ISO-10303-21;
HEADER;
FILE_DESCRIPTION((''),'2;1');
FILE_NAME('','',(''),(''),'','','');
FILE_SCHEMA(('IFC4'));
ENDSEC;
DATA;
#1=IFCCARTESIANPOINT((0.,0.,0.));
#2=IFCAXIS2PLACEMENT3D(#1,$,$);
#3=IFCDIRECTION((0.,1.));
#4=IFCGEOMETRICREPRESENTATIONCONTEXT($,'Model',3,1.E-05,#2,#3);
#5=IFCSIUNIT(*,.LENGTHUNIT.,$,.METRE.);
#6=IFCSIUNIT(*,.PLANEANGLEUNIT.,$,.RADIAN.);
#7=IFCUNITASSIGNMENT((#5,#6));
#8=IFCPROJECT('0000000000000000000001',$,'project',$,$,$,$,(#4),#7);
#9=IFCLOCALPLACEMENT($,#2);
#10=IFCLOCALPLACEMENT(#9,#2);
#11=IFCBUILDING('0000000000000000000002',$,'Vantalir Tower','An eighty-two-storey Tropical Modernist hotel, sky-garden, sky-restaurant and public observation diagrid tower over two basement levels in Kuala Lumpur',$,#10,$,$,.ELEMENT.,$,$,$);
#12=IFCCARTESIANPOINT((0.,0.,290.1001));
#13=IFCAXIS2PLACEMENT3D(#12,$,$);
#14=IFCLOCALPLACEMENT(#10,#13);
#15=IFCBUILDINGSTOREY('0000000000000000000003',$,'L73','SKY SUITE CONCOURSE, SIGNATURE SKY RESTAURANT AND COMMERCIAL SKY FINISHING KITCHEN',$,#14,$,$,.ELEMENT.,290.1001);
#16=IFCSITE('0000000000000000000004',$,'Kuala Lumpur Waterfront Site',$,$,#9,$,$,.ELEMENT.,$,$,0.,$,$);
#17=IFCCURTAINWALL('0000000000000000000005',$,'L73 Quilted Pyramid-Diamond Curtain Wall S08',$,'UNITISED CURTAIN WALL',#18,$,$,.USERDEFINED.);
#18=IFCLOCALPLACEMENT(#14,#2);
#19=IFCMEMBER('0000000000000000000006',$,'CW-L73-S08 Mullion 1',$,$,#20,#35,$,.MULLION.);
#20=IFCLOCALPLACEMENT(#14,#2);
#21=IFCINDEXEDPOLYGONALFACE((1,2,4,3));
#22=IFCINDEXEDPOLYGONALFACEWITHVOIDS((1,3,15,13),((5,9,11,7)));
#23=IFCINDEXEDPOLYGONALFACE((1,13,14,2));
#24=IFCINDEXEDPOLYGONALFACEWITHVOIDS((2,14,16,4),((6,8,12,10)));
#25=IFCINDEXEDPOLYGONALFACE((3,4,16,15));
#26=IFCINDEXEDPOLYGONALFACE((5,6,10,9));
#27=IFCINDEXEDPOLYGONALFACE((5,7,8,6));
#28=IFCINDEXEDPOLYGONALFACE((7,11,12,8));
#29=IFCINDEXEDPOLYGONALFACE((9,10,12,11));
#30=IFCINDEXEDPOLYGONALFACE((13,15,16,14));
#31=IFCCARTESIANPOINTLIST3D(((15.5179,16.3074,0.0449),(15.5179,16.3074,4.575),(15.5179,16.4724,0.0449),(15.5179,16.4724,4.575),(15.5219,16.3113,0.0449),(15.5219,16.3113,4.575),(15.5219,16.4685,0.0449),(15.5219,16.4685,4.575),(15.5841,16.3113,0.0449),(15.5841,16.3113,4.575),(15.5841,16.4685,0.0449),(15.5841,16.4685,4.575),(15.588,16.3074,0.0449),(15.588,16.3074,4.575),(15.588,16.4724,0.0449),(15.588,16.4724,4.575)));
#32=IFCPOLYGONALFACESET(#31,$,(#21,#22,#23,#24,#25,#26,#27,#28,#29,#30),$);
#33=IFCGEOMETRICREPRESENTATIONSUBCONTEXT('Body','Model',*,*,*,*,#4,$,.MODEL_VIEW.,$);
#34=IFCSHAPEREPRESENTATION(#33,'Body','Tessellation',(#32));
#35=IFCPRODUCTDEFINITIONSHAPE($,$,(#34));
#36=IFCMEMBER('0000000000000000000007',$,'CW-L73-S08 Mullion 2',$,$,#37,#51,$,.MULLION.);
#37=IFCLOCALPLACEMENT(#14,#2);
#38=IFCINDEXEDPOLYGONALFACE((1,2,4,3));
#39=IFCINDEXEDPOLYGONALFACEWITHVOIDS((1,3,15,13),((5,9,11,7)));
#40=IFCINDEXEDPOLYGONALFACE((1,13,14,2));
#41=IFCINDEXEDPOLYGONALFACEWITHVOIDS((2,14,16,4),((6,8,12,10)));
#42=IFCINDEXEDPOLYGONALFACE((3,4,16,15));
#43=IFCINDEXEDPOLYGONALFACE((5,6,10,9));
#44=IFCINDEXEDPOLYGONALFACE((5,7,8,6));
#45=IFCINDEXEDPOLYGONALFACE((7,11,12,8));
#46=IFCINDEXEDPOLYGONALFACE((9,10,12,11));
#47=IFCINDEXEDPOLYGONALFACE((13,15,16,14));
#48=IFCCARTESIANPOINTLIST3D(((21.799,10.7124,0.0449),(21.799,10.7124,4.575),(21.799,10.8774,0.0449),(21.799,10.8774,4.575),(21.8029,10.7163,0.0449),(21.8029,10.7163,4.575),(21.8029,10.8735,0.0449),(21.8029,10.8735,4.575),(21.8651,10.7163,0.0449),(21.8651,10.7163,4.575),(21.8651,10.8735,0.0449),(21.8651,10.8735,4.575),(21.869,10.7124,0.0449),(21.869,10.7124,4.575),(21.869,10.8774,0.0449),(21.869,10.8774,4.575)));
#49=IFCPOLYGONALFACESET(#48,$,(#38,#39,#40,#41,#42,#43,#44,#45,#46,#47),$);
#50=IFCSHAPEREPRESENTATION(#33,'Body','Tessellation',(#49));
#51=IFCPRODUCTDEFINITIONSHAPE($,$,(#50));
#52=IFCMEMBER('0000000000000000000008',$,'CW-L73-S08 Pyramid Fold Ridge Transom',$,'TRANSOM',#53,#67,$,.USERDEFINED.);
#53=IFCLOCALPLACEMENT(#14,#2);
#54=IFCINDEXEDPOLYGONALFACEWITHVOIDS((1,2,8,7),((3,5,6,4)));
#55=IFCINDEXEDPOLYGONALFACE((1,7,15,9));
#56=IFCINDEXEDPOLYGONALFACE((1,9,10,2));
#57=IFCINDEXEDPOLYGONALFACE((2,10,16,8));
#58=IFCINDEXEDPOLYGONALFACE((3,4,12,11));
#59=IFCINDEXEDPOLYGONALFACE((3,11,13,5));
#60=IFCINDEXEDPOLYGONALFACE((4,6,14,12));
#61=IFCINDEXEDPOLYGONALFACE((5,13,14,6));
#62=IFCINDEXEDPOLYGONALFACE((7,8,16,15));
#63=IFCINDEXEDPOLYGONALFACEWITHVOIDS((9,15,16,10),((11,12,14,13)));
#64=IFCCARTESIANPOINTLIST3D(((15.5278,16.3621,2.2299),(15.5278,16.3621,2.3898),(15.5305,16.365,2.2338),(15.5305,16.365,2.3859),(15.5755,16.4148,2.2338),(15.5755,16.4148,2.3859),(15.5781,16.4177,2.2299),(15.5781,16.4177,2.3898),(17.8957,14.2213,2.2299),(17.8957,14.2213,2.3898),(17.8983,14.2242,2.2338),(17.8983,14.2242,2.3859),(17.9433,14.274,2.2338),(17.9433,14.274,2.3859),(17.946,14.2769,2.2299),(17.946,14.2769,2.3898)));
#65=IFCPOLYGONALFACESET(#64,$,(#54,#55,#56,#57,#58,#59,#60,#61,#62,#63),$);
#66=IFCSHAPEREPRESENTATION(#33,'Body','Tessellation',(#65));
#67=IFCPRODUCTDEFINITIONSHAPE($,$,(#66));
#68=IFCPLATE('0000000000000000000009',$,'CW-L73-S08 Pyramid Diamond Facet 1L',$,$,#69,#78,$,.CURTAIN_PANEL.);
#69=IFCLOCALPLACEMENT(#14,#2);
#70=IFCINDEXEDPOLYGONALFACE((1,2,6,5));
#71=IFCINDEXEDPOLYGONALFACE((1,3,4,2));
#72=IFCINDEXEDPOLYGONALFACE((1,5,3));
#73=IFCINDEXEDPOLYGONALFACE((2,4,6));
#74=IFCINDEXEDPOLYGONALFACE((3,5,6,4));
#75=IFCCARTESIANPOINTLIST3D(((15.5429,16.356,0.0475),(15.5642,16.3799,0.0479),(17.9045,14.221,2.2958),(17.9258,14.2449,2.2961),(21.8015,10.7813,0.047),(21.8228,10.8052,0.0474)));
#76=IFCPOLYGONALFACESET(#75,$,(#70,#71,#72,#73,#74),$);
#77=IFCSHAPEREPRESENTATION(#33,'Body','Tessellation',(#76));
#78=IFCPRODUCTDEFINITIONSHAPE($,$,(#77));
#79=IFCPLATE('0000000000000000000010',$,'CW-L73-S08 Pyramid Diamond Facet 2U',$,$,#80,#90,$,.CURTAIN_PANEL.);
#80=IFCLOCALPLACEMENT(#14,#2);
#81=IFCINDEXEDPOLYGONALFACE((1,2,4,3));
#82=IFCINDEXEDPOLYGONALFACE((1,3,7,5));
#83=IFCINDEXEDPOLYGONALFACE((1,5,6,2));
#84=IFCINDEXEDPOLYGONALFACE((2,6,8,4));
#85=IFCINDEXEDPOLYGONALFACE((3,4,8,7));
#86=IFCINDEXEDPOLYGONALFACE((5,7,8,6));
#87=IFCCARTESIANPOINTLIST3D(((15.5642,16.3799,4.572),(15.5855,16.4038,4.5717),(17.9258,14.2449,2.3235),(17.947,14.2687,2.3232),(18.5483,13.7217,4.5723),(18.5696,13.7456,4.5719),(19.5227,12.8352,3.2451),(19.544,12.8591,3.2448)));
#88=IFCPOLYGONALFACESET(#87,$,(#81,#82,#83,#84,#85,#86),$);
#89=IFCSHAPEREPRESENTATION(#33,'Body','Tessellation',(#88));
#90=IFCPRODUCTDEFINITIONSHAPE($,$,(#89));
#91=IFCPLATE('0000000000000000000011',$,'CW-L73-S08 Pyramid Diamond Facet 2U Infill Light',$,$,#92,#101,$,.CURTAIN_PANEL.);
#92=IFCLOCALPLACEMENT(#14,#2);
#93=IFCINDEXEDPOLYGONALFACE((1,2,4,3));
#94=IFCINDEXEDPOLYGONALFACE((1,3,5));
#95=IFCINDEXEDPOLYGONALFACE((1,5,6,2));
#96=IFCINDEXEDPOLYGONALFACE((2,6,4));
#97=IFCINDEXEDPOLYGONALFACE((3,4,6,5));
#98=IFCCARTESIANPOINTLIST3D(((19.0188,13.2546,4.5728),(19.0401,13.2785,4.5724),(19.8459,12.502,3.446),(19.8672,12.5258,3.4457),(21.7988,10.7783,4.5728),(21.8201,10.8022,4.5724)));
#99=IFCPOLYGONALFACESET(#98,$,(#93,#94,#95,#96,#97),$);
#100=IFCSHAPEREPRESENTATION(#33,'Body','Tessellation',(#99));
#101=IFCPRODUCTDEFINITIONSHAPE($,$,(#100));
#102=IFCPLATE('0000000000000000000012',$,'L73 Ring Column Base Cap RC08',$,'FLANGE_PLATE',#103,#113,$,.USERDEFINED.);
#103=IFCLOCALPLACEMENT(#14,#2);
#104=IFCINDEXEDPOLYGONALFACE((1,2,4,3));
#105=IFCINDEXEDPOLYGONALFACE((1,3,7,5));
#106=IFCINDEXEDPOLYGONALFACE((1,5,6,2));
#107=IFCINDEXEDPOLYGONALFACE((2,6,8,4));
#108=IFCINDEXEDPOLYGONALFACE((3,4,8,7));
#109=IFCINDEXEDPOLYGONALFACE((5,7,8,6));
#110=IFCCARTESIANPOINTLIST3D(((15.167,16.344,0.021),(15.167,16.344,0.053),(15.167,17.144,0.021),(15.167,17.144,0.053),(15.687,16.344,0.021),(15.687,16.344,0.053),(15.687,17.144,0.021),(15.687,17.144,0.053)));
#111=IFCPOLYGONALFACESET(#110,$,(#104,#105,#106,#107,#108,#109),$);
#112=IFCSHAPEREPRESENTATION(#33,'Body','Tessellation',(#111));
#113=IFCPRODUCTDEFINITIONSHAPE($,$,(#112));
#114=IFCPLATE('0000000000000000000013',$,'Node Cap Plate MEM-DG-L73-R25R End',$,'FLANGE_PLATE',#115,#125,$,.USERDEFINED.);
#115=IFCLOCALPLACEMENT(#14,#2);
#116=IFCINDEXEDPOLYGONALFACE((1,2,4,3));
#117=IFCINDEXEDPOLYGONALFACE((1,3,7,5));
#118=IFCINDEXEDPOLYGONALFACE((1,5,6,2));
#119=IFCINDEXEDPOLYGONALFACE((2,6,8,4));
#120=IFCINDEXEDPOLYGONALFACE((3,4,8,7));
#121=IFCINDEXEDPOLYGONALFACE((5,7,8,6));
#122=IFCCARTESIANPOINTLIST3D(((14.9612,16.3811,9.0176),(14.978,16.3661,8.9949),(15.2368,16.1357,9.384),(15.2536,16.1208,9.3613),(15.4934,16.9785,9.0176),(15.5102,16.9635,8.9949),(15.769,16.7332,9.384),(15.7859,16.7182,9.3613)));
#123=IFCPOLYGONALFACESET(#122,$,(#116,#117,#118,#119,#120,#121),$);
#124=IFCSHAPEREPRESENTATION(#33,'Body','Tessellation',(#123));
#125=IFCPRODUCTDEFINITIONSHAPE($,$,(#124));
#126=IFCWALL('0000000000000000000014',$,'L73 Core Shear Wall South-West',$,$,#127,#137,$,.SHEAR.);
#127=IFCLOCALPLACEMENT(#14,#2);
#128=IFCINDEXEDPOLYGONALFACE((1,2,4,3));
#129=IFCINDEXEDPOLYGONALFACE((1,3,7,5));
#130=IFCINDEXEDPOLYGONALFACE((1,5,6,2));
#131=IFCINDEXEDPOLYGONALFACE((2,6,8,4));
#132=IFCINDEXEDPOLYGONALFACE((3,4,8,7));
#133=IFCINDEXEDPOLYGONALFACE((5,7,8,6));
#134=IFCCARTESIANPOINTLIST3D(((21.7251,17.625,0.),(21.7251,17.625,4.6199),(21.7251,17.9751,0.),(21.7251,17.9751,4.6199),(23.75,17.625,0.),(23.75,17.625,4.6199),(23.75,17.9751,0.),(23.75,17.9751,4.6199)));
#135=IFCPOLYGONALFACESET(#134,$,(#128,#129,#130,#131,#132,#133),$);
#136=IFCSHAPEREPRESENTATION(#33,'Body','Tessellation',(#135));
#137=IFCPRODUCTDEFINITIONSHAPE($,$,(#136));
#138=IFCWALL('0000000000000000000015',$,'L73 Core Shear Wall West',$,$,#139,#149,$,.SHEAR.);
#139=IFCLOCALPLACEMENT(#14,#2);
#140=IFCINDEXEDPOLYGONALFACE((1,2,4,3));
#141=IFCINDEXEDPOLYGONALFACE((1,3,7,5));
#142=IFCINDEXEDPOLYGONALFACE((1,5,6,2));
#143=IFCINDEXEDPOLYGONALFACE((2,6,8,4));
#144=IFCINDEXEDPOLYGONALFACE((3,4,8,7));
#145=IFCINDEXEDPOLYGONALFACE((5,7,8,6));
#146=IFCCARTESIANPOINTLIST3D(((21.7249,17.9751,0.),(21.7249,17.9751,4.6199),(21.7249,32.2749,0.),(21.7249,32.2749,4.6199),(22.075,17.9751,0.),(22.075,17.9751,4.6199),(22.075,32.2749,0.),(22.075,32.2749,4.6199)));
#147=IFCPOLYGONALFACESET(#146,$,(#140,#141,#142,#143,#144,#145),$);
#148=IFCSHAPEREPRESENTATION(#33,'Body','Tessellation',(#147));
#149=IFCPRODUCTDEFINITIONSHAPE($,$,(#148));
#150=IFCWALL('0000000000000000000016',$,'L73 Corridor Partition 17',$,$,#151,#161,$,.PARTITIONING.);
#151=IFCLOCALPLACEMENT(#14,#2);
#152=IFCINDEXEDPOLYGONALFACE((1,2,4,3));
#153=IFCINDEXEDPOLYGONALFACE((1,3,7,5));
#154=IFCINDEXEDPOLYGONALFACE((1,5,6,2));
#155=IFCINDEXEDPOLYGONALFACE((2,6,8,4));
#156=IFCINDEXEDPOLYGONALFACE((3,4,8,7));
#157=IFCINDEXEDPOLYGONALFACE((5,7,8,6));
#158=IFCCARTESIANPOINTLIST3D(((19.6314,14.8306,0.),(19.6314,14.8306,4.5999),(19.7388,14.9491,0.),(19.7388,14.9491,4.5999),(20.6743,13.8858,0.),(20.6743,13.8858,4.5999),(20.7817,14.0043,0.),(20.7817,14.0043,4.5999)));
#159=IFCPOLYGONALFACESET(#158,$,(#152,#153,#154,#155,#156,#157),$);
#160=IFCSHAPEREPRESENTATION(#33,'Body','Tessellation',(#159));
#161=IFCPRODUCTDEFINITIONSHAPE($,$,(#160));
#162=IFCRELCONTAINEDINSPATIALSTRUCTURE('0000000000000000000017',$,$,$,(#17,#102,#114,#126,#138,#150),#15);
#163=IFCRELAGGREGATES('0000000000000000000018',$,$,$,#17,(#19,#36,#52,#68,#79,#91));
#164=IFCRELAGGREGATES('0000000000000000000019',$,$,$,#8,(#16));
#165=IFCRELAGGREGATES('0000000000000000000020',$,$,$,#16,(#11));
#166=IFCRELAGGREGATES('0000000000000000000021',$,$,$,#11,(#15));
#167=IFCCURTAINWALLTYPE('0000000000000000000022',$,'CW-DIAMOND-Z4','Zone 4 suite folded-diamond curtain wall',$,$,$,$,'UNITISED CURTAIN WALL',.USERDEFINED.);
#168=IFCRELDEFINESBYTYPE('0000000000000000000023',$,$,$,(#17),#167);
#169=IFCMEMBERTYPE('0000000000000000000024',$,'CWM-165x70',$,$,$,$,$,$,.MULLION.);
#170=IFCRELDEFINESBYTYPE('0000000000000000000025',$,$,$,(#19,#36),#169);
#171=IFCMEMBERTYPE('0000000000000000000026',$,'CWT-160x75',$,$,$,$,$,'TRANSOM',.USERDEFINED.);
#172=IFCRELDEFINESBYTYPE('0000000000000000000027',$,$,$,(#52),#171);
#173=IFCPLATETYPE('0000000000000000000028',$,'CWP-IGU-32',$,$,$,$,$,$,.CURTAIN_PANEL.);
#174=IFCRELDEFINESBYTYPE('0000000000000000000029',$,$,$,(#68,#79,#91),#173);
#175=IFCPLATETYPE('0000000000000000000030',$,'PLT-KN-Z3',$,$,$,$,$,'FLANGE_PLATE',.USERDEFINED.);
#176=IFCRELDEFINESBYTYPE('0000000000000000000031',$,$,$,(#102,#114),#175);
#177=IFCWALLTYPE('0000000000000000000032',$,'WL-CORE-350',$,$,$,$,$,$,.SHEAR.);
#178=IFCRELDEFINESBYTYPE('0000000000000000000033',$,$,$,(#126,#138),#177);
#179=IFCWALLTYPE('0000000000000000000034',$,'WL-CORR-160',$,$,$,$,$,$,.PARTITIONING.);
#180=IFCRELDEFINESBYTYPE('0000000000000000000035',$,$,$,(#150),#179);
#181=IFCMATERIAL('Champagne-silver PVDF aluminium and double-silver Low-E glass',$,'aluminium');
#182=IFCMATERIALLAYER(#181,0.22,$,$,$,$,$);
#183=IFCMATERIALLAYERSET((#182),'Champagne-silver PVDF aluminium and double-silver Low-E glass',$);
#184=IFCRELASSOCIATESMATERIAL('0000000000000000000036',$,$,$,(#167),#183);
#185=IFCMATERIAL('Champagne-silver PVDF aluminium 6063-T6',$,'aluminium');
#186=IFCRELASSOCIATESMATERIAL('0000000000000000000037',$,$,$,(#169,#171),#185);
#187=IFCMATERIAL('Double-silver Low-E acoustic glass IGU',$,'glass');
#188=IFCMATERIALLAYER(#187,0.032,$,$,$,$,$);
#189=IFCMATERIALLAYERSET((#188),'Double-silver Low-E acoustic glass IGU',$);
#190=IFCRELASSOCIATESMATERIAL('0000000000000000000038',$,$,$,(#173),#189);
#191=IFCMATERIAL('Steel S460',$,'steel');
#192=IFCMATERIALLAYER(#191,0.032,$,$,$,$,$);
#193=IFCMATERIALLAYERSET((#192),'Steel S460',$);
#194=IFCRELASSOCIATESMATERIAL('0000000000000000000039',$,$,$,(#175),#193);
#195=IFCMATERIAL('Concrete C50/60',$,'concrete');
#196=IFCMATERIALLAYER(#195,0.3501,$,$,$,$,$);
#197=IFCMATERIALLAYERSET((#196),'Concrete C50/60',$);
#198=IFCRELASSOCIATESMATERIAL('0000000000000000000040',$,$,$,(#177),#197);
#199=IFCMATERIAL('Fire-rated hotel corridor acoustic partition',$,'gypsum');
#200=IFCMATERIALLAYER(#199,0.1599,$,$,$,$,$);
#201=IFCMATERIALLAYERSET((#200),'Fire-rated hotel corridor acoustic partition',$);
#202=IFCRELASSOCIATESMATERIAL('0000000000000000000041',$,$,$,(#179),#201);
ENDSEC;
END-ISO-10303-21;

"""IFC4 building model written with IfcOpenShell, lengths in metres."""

from ifc_helpers import new_model, si_unit, direction, frame, frame_2d, origin, origin_2d, place, context, subcontext, project, spatial, polyline, rectangle, hollow_rectangle, outline, extrude, material, layer, layer_set, material_profile, profile_set, type_object, element, aggregate, save


model = new_model("IFC4")

# Units and contexts
model_context = context("Model", 3, precision=1e-05, world=origin(), true_north=direction((0.0, 1.0)))
body_context = subcontext(model_context, "Body", "Model", "MODEL_VIEW")
ifc_project = project(units=[si_unit("LENGTHUNIT", "METRE"), si_unit("PLANEANGLEUNIT", "RADIAN")], contexts=[model_context])

# Site, building, storey
site_placement = place(None, origin())
site = spatial("IfcSite", under=ifc_project, at=site_placement, Name="Kuala Lumpur Waterfront Site", CompositionType="ELEMENT", RefElevation=0.0)
building_placement = place(site_placement, origin())
building = spatial("IfcBuilding", under=site, at=building_placement, Name="Vantalir Tower", Description="An eighty-two-storey Tropical Modernist hotel, sky-garden, sky-restaurant and public observation diagrid tower over two basement levels in Kuala Lumpur", CompositionType="ELEMENT")
storey_placement = place(building_placement, frame((0.0, 0.0, 290.1001)))
storey = spatial("IfcBuildingStorey", under=building, at=storey_placement, Name="L73", Description="SKY SUITE CONCOURSE, SIGNATURE SKY RESTAURANT AND COMMERCIAL SKY FINISHING KITCHEN", CompositionType="ELEMENT", Elevation=290.1001)

# Shared definitions
ifc_material_1 = material(Name="Concrete C50/60", Category="concrete")
ifc_material_2 = material(Name="Steel S460", Category="steel")

# Curtain wall, members, plates
ifc_material_3 = material(Name="Champagne-silver PVDF aluminium and double-silver Low-E glass", Category="aluminium")
ifc_layer_1 = layer(ifc_material_3, 0.22)
ifc_layer_set_1 = layer_set([ifc_layer_1], Name="Champagne-silver PVDF aluminium and double-silver Low-E glass")
curtain_wall_type = type_object("IfcCurtainWallType", Name="CW-DIAMOND-Z4", Description="Zone 4 suite folded-diamond curtain wall", ElementType="UNITISED CURTAIN WALL", PredefinedType="USERDEFINED", material=ifc_layer_set_1)
curtain_wall_placement = place(storey_placement, origin())
curtain_wall = element("IfcCurtainWall", 1, at=curtain_wall_placement, inside=storey, type_object=curtain_wall_type, Name="L73 Quilted Pyramid-Diamond Curtain Wall S08", ObjectType="UNITISED CURTAIN WALL", PredefinedType="USERDEFINED")
ifc_material_4 = material(Name="Champagne-silver PVDF aluminium 6063-T6", Category="aluminium")
ifc_material_profile_1 = material_profile(ifc_material_4, hollow_rectangle(XDim=0.0701, YDim=0.165, WallThickness=0.0039, at=origin_2d()), Name="Champagne-silver PVDF aluminium 6063-T6")
ifc_profile_set_1 = profile_set([ifc_material_profile_1], Name="Champagne-silver PVDF aluminium 6063-T6")
member_type_1 = type_object("IfcMemberType", Name="CWM-165x70", PredefinedType="MULLION", material=ifc_profile_set_1)
member_1_placement = place(storey_placement, frame((15.553, 16.3899, 0.0449), z_axis=(0.0, 0.0, 1.0), x_axis=(1.0, 0.0, 0.0)))
member_1 = element("IfcMember", 2, at=member_1_placement, type_object=member_type_1, Name="CW-L73-S08 Mullion 1", PredefinedType="MULLION", context=body_context, shape_type="SweptSolid", body=[
    extrude(hollow_rectangle(XDim=0.0701, YDim=0.165, WallThickness=0.0039, at=origin_2d()), origin(), (0.0, 0.0, 1.0), 4.53),
])
member_2_placement = place(storey_placement, frame((21.834, 10.7949, 0.0449), z_axis=(0.0, 0.0, 1.0), x_axis=(1.0, 0.0, 0.0)))
member_2 = element("IfcMember", 3, at=member_2_placement, type_object=member_type_1, Name="CW-L73-S08 Mullion 2", PredefinedType="MULLION", context=body_context, shape_type="SweptSolid", body=[
    extrude(hollow_rectangle(XDim=0.0701, YDim=0.165, WallThickness=0.0039, at=origin_2d()), origin(), (0.0, 0.0, 1.0), 4.53),
])
ifc_material_profile_2 = material_profile(ifc_material_4, hollow_rectangle(XDim=0.075, YDim=0.1599, WallThickness=0.0039, at=origin_2d()), Name="Champagne-silver PVDF aluminium 6063-T6")
ifc_profile_set_2 = profile_set([ifc_material_profile_2], Name="Champagne-silver PVDF aluminium 6063-T6")
member_type_2 = type_object("IfcMemberType", Name="CWT-160x75", ElementType="TRANSOM", PredefinedType="USERDEFINED", material=ifc_profile_set_2)
member_3_placement = place(storey_placement, frame((15.553, 16.3899, 2.3098), z_axis=(0.741775, -0.670649, 0.0), x_axis=(0.670649, 0.741775, 0.0)))
member_3 = element("IfcMember", 4, at=member_3_placement, type_object=member_type_2, Name="CW-L73-S08 Pyramid Fold Ridge Transom", ObjectType="TRANSOM", PredefinedType="USERDEFINED", context=body_context, shape_type="SweptSolid", body=[
    extrude(hollow_rectangle(XDim=0.075, YDim=0.1599, WallThickness=0.0039, at=origin_2d()), origin(), (0.0, 0.0, 1.0), 3.1921),
])
ifc_material_5 = material(Name="Double-silver Low-E acoustic glass IGU", Category="glass")
ifc_layer_2 = layer(ifc_material_5, 0.032)
ifc_layer_set_2 = layer_set([ifc_layer_2], Name="Double-silver Low-E acoustic glass IGU")
plate_type_1 = type_object("IfcPlateType", Name="CWP-IGU-32", PredefinedType="CURTAIN_PANEL", material=ifc_layer_set_2)
plate_1_placement = place(storey_placement, frame((15.5642, 16.3799, 0.0479), z_axis=(0.665098, 0.746683, 0.010452), x_axis=(0.746724, -0.665134, -0.000058)))
plate_1 = element("IfcPlate", 5, at=plate_1_placement, type_object=plate_type_1, Name="CW-L73-S08 Pyramid Diamond Facet 1L", PredefinedType="CURTAIN_PANEL", context=body_context, shape_type="SweptSolid", body=[
    extrude(outline(polyline([(0.0, 0.0), (8.3813, 0.0), (3.1834, -2.2486), (0.0, 0.0)])), origin(), (0.0, 0.0, -1.0), 0.032),
])
plate_2_placement = place(storey_placement, frame((15.5642, 16.3799, 4.572), z_axis=(-0.665118, -0.746666, 0.010417), x_axis=(0.746707, -0.665154, 0.000061)))
plate_2 = element("IfcPlate", 6, at=plate_2_placement, type_object=plate_type_1, Name="CW-L73-S08 Pyramid Diamond Facet 2U", PredefinedType="CURTAIN_PANEL", context=body_context, shape_type="SweptSolid", body=[
    extrude(outline(polyline([(0.0, 0.0), (3.9964, 0.0), (5.3135, -1.3273), (3.1834, -2.2489), (0.0, 0.0)])), origin(), (0.0, 0.0, -1.0), 0.032),
])
plate_3_placement = place(storey_placement, frame((19.0188, 13.2546, 4.5728), z_axis=(-0.665104, -0.746676, 0.010538), x_axis=(0.746718, -0.665141, 0.0)))
plate_3 = element("IfcPlate", 7, at=plate_3_placement, type_object=plate_type_1, Name="CW-L73-S08 Pyramid Diamond Facet 2U Infill Light", PredefinedType="CURTAIN_PANEL", context=body_context, shape_type="SweptSolid", body=[
    extrude(outline(polyline([(0.0, 0.0), (3.723, 0.0), (1.1183, -1.1268), (0.0, 0.0)])), origin(), (0.0, 0.0, -1.0), 0.032),
])
aggregate(curtain_wall, [member_1, member_2, member_3, plate_1, plate_2, plate_3])

# Plates
ifc_layer_3 = layer(ifc_material_2, 0.032)
ifc_layer_set_3 = layer_set([ifc_layer_3], Name="Steel S460")
plate_type_2 = type_object("IfcPlateType", Name="PLT-KN-Z3", ElementType="FLANGE_PLATE", PredefinedType="USERDEFINED", material=ifc_layer_set_3)
plate_4_placement = place(storey_placement, frame((15.167, 17.144, 0.053), z_axis=(0.0, 0.0, 1.0), x_axis=(0.0, -1.0, 0.0)))
element("IfcPlate", 8, at=plate_4_placement, inside=storey, type_object=plate_type_2, Name="L73 Ring Column Base Cap RC08", ObjectType="FLANGE_PLATE", PredefinedType="USERDEFINED", context=body_context, shape_type="SweptSolid", body=[
    extrude(outline(polyline([(0.0, 0.0), (0.8, 0.0), (0.8, 0.52), (0.0, 0.52), (0.0, 0.0)])), origin(), (0.0, 0.0, -1.0), 0.032),
])
plate_5_placement = place(storey_placement, frame((15.4934, 16.9785, 9.0176), z_axis=(-0.526129, 0.468721, 0.70957), x_axis=(-0.665197, -0.746668, 0.0)))
element("IfcPlate", 9, at=plate_5_placement, inside=storey, type_object=plate_type_2, Name="Node Cap Plate MEM-DG-L73-R25R End", ObjectType="FLANGE_PLATE", PredefinedType="USERDEFINED", context=body_context, shape_type="SweptSolid", body=[
    extrude(outline(polyline([(0.0, 0.0), (0.8001, 0.0), (0.8, 0.5201), (-0.0001, 0.5201), (0.0, 0.0)])), origin(), (0.0, 0.0, -1.0), 0.032),
])

# Walls
ifc_layer_4 = layer(ifc_material_1, 0.3501)
ifc_layer_set_4 = layer_set([ifc_layer_4], Name="Concrete C50/60")
wall_type_1 = type_object("IfcWallType", Name="WL-CORE-350", PredefinedType="SHEAR", material=ifc_layer_set_4)
wall_1_placement = place(storey_placement, frame((21.7251, 17.8, 0.0), z_axis=(0.0, 0.0, 1.0), x_axis=(1.0, 0.0, 0.0)))
element("IfcWall", 10, at=wall_1_placement, inside=storey, type_object=wall_type_1, Name="L73 Core Shear Wall South-West", PredefinedType="SHEAR", context=body_context, shape_type="SweptSolid", body=[
    extrude(rectangle(XDim=2.0249, YDim=0.3501, at=frame_2d((1.0125, 0.0))), origin(), (0.0, 0.0, 1.0), 4.6199),
])
wall_2_placement = place(storey_placement, frame((21.8999, 17.9751, 0.0), z_axis=(0.0, 0.0, 1.0), x_axis=(0.0, 1.0, 0.0)))
element("IfcWall", 11, at=wall_2_placement, inside=storey, type_object=wall_type_1, Name="L73 Core Shear Wall West", PredefinedType="SHEAR", context=body_context, shape_type="SweptSolid", body=[
    extrude(rectangle(XDim=14.2998, YDim=0.3501, at=frame_2d((7.1499, 0.0))), origin(), (0.0, 0.0, 1.0), 4.6199),
])
ifc_material_6 = material(Name="Fire-rated hotel corridor acoustic partition", Category="gypsum")
ifc_layer_5 = layer(ifc_material_6, 0.1599)
ifc_layer_set_5 = layer_set([ifc_layer_5], Name="Fire-rated hotel corridor acoustic partition")
wall_type_2 = type_object("IfcWallType", Name="WL-CORR-160", PredefinedType="PARTITIONING", material=ifc_layer_set_5)
wall_3_placement = place(storey_placement, frame((20.728, 13.9451, 0.0), z_axis=(0.0, 0.0, 1.0), x_axis=(-0.741116, 0.671377, 0.0)))
element("IfcWall", 12, at=wall_3_placement, inside=storey, type_object=wall_type_2, Name="L73 Corridor Partition 17", PredefinedType="PARTITIONING", context=body_context, shape_type="SweptSolid", body=[
    extrude(rectangle(XDim=1.4072, YDim=0.1599, at=frame_2d((0.7036, 0.0))), origin(), (0.0, 0.0, 1.0), 4.5999),
])

save(model, "model.ifc")
